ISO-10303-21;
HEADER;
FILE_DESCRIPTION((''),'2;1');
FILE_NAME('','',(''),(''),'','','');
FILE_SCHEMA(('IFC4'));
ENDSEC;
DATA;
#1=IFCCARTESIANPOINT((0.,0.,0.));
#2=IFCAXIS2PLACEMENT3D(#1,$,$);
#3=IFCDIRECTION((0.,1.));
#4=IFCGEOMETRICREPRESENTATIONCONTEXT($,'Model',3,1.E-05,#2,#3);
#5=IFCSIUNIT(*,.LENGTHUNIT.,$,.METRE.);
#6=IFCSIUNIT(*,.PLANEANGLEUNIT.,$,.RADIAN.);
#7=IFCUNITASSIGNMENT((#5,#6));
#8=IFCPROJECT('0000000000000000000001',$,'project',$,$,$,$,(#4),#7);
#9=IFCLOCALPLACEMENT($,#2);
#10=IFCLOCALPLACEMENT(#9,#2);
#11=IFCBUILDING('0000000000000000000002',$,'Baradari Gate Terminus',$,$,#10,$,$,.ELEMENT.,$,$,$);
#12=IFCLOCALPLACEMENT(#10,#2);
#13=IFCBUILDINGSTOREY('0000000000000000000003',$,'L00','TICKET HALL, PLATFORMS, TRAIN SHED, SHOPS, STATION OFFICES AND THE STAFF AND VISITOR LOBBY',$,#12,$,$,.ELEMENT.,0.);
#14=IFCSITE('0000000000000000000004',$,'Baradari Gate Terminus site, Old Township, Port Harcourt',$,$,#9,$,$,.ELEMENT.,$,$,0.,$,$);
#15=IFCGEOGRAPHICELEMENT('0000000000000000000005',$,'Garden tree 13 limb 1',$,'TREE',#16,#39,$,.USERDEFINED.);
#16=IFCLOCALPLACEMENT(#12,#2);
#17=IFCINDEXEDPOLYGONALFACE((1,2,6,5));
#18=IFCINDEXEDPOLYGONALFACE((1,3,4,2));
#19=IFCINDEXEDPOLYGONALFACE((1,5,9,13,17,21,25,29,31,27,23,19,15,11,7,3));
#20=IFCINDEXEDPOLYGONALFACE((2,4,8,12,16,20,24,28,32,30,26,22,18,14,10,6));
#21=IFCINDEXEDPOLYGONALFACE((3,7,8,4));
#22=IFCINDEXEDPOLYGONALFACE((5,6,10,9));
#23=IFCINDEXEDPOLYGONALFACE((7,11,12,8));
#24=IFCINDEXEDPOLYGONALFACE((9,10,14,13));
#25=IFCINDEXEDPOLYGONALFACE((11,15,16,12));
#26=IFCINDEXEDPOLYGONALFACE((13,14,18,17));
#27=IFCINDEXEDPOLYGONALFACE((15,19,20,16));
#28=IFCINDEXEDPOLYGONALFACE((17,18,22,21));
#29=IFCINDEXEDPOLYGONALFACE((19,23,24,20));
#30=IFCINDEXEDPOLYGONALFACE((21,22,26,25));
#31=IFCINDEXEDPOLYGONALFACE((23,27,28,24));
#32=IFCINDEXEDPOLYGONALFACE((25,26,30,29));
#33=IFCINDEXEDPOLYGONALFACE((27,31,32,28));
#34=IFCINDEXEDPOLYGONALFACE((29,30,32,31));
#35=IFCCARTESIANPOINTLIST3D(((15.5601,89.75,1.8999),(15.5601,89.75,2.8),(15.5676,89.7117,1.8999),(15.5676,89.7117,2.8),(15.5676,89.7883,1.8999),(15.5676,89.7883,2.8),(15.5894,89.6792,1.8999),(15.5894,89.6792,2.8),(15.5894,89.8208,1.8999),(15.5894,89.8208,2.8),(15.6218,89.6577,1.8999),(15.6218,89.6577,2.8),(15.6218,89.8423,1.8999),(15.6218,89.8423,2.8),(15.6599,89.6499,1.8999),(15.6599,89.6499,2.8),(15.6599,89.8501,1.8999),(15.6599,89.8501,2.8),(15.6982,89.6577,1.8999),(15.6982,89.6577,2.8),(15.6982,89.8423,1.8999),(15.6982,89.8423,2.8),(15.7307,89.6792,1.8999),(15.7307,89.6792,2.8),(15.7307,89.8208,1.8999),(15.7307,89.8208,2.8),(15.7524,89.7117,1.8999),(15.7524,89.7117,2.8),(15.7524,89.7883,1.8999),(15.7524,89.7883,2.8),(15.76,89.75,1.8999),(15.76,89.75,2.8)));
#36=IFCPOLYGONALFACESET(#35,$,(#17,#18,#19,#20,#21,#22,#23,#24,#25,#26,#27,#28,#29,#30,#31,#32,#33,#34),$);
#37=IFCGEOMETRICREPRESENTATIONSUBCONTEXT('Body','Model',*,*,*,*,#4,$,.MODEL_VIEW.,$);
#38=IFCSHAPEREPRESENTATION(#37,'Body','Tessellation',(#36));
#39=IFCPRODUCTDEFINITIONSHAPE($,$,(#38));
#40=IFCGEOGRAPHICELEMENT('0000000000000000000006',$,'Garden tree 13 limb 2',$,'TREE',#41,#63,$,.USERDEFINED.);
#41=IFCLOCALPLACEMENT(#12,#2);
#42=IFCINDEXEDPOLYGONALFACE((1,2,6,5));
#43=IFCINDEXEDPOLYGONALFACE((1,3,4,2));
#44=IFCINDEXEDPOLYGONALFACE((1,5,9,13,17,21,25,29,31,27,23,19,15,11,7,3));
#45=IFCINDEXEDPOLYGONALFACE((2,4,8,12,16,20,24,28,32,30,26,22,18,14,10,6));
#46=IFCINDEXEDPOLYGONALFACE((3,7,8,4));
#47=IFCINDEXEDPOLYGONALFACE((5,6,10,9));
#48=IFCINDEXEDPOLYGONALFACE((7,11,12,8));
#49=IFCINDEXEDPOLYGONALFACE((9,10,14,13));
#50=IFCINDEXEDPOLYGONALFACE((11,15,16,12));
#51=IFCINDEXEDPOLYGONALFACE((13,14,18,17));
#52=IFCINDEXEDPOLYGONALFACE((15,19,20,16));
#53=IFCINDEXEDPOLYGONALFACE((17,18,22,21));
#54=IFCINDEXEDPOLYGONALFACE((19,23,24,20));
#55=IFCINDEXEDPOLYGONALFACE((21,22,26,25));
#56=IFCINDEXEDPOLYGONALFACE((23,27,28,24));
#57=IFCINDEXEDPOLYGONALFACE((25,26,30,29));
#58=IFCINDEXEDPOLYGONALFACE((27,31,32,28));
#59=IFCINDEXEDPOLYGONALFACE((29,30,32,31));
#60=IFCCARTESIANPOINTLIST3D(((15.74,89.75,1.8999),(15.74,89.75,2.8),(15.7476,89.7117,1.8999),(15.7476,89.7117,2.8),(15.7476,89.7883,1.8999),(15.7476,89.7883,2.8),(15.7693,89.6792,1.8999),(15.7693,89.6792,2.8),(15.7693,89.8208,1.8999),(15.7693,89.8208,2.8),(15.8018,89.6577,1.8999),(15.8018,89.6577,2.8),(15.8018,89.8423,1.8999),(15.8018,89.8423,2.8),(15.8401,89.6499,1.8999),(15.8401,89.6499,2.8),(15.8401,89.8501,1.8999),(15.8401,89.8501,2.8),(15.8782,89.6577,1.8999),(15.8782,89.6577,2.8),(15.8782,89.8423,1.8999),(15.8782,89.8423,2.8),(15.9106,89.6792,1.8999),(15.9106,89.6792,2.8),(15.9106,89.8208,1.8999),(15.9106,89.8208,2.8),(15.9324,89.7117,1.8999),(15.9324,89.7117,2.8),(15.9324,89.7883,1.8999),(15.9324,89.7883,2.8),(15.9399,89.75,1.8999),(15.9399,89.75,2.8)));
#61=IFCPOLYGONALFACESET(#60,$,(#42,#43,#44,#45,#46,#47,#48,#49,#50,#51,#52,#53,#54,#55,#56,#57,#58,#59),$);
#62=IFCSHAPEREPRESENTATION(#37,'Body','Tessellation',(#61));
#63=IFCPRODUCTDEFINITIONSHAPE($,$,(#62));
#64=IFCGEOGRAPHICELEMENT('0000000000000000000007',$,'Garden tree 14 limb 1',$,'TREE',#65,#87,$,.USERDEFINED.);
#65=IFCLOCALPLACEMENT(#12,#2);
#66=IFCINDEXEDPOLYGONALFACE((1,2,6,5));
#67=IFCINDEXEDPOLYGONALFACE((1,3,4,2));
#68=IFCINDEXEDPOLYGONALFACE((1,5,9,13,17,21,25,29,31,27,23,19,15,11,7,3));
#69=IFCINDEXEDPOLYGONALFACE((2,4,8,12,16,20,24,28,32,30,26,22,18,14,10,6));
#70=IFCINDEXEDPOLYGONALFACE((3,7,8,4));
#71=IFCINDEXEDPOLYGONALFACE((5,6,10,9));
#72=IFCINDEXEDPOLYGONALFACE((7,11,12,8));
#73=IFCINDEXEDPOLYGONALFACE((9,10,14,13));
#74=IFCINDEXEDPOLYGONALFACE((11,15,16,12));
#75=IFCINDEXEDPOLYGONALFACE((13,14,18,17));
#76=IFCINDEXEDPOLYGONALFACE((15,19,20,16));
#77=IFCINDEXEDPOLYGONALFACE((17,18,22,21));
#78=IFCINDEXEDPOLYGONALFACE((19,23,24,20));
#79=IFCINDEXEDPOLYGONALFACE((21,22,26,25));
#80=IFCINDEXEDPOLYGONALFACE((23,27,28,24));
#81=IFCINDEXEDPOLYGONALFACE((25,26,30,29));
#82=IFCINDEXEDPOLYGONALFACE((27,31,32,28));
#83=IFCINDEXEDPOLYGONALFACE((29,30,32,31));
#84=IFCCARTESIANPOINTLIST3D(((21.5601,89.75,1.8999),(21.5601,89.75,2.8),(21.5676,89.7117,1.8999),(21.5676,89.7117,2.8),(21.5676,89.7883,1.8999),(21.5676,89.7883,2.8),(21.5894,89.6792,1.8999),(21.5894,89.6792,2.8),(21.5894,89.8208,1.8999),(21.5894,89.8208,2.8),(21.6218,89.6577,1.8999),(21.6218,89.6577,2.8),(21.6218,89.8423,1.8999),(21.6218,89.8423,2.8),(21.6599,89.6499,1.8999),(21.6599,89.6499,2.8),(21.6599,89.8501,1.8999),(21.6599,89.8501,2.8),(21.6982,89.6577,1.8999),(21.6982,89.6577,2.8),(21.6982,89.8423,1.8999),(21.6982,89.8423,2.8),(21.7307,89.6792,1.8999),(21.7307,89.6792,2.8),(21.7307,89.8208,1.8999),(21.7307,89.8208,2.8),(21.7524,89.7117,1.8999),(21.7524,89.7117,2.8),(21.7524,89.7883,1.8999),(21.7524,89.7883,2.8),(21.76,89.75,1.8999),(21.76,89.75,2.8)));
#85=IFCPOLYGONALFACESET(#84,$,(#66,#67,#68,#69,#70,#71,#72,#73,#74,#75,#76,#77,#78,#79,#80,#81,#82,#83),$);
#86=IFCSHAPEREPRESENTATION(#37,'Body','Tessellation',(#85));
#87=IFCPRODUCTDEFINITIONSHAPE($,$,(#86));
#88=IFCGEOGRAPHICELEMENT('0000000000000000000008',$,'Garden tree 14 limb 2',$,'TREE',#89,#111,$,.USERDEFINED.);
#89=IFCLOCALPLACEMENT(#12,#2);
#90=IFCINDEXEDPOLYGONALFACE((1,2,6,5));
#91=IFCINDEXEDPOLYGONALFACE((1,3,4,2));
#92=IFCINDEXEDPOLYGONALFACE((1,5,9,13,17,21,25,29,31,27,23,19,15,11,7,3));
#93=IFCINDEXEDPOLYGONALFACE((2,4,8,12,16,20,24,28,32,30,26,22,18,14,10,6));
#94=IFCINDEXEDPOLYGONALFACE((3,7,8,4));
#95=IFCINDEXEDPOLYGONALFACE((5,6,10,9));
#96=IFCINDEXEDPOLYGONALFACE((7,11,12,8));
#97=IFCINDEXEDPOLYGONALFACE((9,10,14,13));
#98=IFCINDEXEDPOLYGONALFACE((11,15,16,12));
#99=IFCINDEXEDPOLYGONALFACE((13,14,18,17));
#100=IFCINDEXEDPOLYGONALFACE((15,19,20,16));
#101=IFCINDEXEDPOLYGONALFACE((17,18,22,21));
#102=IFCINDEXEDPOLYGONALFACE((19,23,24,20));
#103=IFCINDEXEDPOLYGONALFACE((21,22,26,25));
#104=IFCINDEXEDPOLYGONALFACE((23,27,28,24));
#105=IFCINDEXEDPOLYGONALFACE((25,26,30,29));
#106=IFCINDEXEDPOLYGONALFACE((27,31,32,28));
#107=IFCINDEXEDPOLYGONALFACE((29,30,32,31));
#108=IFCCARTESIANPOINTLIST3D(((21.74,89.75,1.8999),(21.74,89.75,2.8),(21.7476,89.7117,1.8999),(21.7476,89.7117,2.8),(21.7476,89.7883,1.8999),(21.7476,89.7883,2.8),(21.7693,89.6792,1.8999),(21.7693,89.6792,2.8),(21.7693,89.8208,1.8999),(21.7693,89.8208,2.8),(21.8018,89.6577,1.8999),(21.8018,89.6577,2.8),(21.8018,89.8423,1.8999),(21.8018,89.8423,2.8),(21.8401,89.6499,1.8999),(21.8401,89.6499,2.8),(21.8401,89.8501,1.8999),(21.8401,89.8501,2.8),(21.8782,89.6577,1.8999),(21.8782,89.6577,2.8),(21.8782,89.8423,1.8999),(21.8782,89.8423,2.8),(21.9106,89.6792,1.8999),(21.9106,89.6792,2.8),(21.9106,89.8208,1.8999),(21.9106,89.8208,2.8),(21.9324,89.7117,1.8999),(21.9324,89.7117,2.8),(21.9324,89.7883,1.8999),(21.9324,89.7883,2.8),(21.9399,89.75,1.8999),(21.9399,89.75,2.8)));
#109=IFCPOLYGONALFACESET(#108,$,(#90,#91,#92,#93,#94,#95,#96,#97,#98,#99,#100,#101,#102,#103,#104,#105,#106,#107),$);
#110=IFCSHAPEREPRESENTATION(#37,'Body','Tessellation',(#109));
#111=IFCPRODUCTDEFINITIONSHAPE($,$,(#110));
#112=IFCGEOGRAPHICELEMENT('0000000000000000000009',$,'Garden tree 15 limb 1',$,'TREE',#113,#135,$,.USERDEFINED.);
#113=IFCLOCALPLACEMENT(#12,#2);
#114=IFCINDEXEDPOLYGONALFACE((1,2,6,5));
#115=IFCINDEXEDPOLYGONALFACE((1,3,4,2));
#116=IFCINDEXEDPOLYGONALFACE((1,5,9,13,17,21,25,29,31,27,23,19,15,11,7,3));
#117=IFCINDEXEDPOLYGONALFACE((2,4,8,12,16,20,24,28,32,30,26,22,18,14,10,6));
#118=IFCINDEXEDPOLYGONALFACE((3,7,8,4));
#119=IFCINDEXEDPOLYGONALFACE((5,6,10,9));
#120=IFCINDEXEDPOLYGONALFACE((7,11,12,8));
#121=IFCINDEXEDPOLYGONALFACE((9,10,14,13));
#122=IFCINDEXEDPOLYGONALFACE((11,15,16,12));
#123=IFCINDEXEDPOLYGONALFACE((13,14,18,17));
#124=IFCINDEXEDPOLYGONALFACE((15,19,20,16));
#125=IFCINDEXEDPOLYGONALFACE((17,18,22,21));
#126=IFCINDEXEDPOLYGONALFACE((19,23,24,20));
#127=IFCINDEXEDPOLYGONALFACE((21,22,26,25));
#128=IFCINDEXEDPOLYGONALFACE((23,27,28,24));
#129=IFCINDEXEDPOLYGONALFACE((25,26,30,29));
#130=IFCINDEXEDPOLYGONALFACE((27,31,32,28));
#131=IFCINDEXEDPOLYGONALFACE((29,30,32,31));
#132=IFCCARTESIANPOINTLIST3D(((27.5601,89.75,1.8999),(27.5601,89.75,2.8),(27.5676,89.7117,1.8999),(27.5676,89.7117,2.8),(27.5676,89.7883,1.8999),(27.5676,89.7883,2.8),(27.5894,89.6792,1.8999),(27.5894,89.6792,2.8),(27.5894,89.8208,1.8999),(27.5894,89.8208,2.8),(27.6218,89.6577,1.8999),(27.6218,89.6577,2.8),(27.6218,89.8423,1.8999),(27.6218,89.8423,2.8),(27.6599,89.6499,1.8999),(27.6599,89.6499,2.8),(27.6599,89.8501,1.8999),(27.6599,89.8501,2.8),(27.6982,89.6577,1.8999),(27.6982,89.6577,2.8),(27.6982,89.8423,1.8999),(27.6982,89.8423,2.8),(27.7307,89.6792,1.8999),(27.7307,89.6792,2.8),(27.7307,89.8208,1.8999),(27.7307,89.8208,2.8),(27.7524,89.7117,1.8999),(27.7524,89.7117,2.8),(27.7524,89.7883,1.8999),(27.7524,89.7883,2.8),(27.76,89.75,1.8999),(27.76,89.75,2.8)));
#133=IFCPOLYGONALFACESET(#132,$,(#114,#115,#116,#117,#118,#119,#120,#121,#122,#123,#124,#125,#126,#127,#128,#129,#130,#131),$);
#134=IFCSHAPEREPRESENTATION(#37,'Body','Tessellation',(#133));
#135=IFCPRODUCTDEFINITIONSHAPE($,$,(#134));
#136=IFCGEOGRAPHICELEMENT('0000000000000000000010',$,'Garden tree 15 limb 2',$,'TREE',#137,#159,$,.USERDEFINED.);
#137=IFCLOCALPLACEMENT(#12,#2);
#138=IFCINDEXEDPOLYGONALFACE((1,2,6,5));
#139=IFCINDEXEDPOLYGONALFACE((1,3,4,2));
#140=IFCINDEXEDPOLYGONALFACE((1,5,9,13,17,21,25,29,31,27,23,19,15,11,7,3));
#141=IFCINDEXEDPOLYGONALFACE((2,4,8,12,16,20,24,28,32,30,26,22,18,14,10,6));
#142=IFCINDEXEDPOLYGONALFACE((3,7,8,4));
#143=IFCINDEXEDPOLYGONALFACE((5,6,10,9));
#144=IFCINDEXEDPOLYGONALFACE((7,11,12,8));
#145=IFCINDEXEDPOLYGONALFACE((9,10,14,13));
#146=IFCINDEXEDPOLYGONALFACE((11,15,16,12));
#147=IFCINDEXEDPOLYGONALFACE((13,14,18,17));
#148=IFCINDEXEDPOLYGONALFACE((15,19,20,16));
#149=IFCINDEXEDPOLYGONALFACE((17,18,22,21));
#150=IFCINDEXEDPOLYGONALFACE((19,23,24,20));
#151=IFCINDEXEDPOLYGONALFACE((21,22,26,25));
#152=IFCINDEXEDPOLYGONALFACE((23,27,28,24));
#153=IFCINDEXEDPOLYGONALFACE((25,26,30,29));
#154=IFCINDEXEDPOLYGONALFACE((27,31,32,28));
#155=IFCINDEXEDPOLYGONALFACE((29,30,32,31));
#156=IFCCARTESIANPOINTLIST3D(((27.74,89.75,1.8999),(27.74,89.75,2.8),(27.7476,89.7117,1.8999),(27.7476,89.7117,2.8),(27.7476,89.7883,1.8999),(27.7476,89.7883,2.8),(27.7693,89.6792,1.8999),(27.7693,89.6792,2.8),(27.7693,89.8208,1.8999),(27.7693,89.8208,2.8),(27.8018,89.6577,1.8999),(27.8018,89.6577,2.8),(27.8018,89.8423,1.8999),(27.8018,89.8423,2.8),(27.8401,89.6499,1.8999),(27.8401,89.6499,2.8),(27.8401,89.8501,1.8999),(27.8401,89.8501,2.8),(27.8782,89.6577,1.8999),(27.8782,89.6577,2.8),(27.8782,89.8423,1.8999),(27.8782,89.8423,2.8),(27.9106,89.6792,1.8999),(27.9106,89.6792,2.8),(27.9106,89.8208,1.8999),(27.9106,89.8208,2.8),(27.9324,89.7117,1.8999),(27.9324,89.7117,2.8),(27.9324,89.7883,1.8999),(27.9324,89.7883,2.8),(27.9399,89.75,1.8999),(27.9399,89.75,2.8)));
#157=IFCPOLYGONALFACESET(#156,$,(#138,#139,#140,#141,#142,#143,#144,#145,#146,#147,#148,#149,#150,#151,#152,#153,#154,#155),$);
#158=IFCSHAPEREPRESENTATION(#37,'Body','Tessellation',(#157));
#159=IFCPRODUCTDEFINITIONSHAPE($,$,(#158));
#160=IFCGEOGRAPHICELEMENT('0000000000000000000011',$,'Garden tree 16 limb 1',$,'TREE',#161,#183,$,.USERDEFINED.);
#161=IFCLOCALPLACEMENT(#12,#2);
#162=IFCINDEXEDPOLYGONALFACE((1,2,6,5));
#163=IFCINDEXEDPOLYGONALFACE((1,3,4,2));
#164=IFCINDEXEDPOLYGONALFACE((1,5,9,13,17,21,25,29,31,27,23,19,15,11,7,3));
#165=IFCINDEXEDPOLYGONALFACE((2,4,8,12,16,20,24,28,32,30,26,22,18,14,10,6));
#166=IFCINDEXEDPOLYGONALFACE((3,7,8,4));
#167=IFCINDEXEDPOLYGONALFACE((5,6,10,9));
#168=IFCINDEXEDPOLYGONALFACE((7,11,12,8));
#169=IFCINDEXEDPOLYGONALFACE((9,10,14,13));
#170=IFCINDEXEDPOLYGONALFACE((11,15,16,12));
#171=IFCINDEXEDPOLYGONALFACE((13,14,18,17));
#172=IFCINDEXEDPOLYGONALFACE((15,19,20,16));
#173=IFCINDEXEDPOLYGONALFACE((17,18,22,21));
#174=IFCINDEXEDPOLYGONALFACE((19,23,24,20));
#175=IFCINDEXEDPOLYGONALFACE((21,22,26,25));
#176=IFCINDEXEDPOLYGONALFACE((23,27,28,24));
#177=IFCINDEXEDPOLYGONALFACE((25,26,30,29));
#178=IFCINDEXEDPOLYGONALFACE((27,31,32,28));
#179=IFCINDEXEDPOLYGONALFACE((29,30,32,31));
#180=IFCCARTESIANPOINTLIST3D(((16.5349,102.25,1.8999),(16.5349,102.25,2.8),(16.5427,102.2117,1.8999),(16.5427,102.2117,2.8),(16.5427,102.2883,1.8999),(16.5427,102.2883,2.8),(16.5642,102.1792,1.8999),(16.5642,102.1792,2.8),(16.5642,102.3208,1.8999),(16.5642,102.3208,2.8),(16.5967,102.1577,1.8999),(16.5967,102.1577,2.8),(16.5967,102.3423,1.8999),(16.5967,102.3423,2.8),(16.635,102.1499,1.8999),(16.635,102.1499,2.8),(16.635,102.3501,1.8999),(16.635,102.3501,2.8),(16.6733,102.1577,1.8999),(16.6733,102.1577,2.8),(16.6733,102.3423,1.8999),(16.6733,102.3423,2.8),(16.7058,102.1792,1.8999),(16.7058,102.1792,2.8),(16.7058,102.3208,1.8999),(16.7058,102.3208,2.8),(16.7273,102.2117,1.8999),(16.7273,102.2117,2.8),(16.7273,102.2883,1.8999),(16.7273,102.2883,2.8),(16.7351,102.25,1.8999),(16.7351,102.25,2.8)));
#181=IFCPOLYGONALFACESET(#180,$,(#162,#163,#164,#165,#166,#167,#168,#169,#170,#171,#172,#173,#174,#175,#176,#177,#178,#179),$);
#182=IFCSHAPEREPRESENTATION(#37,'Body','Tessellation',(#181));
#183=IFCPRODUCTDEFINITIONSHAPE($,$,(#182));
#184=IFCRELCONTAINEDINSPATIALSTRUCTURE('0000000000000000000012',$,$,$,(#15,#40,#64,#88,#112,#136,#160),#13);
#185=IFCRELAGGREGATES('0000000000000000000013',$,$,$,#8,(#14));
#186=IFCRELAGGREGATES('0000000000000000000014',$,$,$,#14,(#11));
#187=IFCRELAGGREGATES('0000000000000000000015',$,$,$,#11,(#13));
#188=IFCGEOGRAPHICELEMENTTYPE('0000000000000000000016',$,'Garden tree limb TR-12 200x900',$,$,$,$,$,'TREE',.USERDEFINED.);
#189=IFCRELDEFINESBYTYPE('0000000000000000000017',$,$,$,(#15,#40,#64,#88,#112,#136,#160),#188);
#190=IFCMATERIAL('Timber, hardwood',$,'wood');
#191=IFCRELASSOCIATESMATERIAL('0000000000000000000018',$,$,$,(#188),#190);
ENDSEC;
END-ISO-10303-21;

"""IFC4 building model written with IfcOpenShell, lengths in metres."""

from ifc_helpers import new_model, si_unit, direction, frame, origin, place, context, subcontext, project, spatial, polyline, outline, extrude, material, type_object, element, save


model = new_model("IFC4")

# Units and contexts
model_context = context("Model", 3, precision=1e-05, world=origin(), true_north=direction((0.0, 1.0)))
body_context = subcontext(model_context, "Body", "Model", "MODEL_VIEW")
ifc_project = project(units=[si_unit("LENGTHUNIT", "METRE"), si_unit("PLANEANGLEUNIT", "RADIAN")], contexts=[model_context])

# Site, building, storey
site_placement = place(None, origin())
site = spatial("IfcSite", under=ifc_project, at=site_placement, Name="Baradari Gate Terminus site, Old Township, Port Harcourt", CompositionType="ELEMENT", RefElevation=0.0)
building_placement = place(site_placement, origin())
building = spatial("IfcBuilding", under=site, at=building_placement, Name="Baradari Gate Terminus", CompositionType="ELEMENT")
storey_placement = place(building_placement, origin())
storey = spatial("IfcBuildingStorey", under=building, at=storey_placement, Name="L00", Description="TICKET HALL, PLATFORMS, TRAIN SHED, SHOPS, STATION OFFICES AND THE STAFF AND VISITOR LOBBY", CompositionType="ELEMENT", Elevation=0.0)

# Geographic elements
ifc_material = material(Name="Timber, hardwood", Category="wood")
geographic_element_type = type_object("IfcGeographicElementType", Name="Garden tree limb TR-12 200x900", ElementType="TREE", PredefinedType="USERDEFINED", material=ifc_material)
geographic_element_1_placement = place(storey_placement, frame((0.0, 0.0, 1.8999)))
element("IfcGeographicElement", 1, at=geographic_element_1_placement, inside=storey, type_object=geographic_element_type, Name="Garden tree 13 limb 1", ObjectType="TREE", PredefinedType="USERDEFINED", context=body_context, shape_type="SweptSolid", body=[
    extrude(outline(polyline([(15.76, 89.75), (15.7524, 89.7883), (15.7307, 89.8208), (15.6982, 89.8423), (15.6599, 89.8501), (15.6218, 89.8423), (15.5894, 89.8208), (15.5676, 89.7883), (15.5601, 89.75), (15.5676, 89.7117), (15.5894, 89.6792), (15.6218, 89.6577), (15.6599, 89.6499), (15.6982, 89.6577), (15.7307, 89.6792), (15.7524, 89.7117), (15.76, 89.75)])), origin(), (0.0, 0.0, 1.0), 0.9001),
])
geographic_element_2_placement = place(storey_placement, frame((0.0, 0.0, 1.8999)))
element("IfcGeographicElement", 2, at=geographic_element_2_placement, inside=storey, type_object=geographic_element_type, Name="Garden tree 13 limb 2", ObjectType="TREE", PredefinedType="USERDEFINED", context=body_context, shape_type="SweptSolid", body=[
    extrude(outline(polyline([(15.9399, 89.75), (15.9324, 89.7883), (15.9106, 89.8208), (15.8782, 89.8423), (15.8401, 89.8501), (15.8018, 89.8423), (15.7693, 89.8208), (15.7476, 89.7883), (15.74, 89.75), (15.7476, 89.7117), (15.7693, 89.6792), (15.8018, 89.6577), (15.8401, 89.6499), (15.8782, 89.6577), (15.9106, 89.6792), (15.9324, 89.7117), (15.9399, 89.75)])), origin(), (0.0, 0.0, 1.0), 0.9001),
])
geographic_element_3_placement = place(storey_placement, frame((0.0, 0.0, 1.8999)))
element("IfcGeographicElement", 3, at=geographic_element_3_placement, inside=storey, type_object=geographic_element_type, Name="Garden tree 14 limb 1", ObjectType="TREE", PredefinedType="USERDEFINED", context=body_context, shape_type="SweptSolid", body=[
    extrude(outline(polyline([(21.76, 89.75), (21.7524, 89.7883), (21.7307, 89.8208), (21.6982, 89.8423), (21.6599, 89.8501), (21.6218, 89.8423), (21.5894, 89.8208), (21.5676, 89.7883), (21.5601, 89.75), (21.5676, 89.7117), (21.5894, 89.6792), (21.6218, 89.6577), (21.6599, 89.6499), (21.6982, 89.6577), (21.7307, 89.6792), (21.7524, 89.7117), (21.76, 89.75)])), origin(), (0.0, 0.0, 1.0), 0.9001),
])
geographic_element_4_placement = place(storey_placement, frame((0.0, 0.0, 1.8999)))
element("IfcGeographicElement", 4, at=geographic_element_4_placement, inside=storey, type_object=geographic_element_type, Name="Garden tree 14 limb 2", ObjectType="TREE", PredefinedType="USERDEFINED", context=body_context, shape_type="SweptSolid", body=[
    extrude(outline(polyline([(21.9399, 89.75), (21.9324, 89.7883), (21.9106, 89.8208), (21.8782, 89.8423), (21.8401, 89.8501), (21.8018, 89.8423), (21.7693, 89.8208), (21.7476, 89.7883), (21.74, 89.75), (21.7476, 89.7117), (21.7693, 89.6792), (21.8018, 89.6577), (21.8401, 89.6499), (21.8782, 89.6577), (21.9106, 89.6792), (21.9324, 89.7117), (21.9399, 89.75)])), origin(), (0.0, 0.0, 1.0), 0.9001),
])
geographic_element_5_placement = place(storey_placement, frame((0.0, 0.0, 1.8999)))
element("IfcGeographicElement", 5, at=geographic_element_5_placement, inside=storey, type_object=geographic_element_type, Name="Garden tree 15 limb 1", ObjectType="TREE", PredefinedType="USERDEFINED", context=body_context, shape_type="SweptSolid", body=[
    extrude(outline(polyline([(27.76, 89.75), (27.7524, 89.7883), (27.7307, 89.8208), (27.6982, 89.8423), (27.6599, 89.8501), (27.6218, 89.8423), (27.5894, 89.8208), (27.5676, 89.7883), (27.5601, 89.75), (27.5676, 89.7117), (27.5894, 89.6792), (27.6218, 89.6577), (27.6599, 89.6499), (27.6982, 89.6577), (27.7307, 89.6792), (27.7524, 89.7117), (27.76, 89.75)])), origin(), (0.0, 0.0, 1.0), 0.9001),
])
geographic_element_6_placement = place(storey_placement, frame((0.0, 0.0, 1.8999)))
element("IfcGeographicElement", 6, at=geographic_element_6_placement, inside=storey, type_object=geographic_element_type, Name="Garden tree 15 limb 2", ObjectType="TREE", PredefinedType="USERDEFINED", context=body_context, shape_type="SweptSolid", body=[
    extrude(outline(polyline([(27.9399, 89.75), (27.9324, 89.7883), (27.9106, 89.8208), (27.8782, 89.8423), (27.8401, 89.8501), (27.8018, 89.8423), (27.7693, 89.8208), (27.7476, 89.7883), (27.74, 89.75), (27.7476, 89.7117), (27.7693, 89.6792), (27.8018, 89.6577), (27.8401, 89.6499), (27.8782, 89.6577), (27.9106, 89.6792), (27.9324, 89.7117), (27.9399, 89.75)])), origin(), (0.0, 0.0, 1.0), 0.9001),
])
geographic_element_7_placement = place(storey_placement, frame((0.0, 0.0, 1.8999)))
element("IfcGeographicElement", 7, at=geographic_element_7_placement, inside=storey, type_object=geographic_element_type, Name="Garden tree 16 limb 1", ObjectType="TREE", PredefinedType="USERDEFINED", context=body_context, shape_type="SweptSolid", body=[
    extrude(outline(polyline([(16.7351, 102.25), (16.7273, 102.2883), (16.7058, 102.3208), (16.6733, 102.3423), (16.635, 102.3501), (16.5967, 102.3423), (16.5642, 102.3208), (16.5427, 102.2883), (16.5349, 102.25), (16.5427, 102.2117), (16.5642, 102.1792), (16.5967, 102.1577), (16.635, 102.1499), (16.6733, 102.1577), (16.7058, 102.1792), (16.7273, 102.2117), (16.7351, 102.25)])), origin(), (0.0, 0.0, 1.0), 0.9001),
])

save(model, "model.ifc")
